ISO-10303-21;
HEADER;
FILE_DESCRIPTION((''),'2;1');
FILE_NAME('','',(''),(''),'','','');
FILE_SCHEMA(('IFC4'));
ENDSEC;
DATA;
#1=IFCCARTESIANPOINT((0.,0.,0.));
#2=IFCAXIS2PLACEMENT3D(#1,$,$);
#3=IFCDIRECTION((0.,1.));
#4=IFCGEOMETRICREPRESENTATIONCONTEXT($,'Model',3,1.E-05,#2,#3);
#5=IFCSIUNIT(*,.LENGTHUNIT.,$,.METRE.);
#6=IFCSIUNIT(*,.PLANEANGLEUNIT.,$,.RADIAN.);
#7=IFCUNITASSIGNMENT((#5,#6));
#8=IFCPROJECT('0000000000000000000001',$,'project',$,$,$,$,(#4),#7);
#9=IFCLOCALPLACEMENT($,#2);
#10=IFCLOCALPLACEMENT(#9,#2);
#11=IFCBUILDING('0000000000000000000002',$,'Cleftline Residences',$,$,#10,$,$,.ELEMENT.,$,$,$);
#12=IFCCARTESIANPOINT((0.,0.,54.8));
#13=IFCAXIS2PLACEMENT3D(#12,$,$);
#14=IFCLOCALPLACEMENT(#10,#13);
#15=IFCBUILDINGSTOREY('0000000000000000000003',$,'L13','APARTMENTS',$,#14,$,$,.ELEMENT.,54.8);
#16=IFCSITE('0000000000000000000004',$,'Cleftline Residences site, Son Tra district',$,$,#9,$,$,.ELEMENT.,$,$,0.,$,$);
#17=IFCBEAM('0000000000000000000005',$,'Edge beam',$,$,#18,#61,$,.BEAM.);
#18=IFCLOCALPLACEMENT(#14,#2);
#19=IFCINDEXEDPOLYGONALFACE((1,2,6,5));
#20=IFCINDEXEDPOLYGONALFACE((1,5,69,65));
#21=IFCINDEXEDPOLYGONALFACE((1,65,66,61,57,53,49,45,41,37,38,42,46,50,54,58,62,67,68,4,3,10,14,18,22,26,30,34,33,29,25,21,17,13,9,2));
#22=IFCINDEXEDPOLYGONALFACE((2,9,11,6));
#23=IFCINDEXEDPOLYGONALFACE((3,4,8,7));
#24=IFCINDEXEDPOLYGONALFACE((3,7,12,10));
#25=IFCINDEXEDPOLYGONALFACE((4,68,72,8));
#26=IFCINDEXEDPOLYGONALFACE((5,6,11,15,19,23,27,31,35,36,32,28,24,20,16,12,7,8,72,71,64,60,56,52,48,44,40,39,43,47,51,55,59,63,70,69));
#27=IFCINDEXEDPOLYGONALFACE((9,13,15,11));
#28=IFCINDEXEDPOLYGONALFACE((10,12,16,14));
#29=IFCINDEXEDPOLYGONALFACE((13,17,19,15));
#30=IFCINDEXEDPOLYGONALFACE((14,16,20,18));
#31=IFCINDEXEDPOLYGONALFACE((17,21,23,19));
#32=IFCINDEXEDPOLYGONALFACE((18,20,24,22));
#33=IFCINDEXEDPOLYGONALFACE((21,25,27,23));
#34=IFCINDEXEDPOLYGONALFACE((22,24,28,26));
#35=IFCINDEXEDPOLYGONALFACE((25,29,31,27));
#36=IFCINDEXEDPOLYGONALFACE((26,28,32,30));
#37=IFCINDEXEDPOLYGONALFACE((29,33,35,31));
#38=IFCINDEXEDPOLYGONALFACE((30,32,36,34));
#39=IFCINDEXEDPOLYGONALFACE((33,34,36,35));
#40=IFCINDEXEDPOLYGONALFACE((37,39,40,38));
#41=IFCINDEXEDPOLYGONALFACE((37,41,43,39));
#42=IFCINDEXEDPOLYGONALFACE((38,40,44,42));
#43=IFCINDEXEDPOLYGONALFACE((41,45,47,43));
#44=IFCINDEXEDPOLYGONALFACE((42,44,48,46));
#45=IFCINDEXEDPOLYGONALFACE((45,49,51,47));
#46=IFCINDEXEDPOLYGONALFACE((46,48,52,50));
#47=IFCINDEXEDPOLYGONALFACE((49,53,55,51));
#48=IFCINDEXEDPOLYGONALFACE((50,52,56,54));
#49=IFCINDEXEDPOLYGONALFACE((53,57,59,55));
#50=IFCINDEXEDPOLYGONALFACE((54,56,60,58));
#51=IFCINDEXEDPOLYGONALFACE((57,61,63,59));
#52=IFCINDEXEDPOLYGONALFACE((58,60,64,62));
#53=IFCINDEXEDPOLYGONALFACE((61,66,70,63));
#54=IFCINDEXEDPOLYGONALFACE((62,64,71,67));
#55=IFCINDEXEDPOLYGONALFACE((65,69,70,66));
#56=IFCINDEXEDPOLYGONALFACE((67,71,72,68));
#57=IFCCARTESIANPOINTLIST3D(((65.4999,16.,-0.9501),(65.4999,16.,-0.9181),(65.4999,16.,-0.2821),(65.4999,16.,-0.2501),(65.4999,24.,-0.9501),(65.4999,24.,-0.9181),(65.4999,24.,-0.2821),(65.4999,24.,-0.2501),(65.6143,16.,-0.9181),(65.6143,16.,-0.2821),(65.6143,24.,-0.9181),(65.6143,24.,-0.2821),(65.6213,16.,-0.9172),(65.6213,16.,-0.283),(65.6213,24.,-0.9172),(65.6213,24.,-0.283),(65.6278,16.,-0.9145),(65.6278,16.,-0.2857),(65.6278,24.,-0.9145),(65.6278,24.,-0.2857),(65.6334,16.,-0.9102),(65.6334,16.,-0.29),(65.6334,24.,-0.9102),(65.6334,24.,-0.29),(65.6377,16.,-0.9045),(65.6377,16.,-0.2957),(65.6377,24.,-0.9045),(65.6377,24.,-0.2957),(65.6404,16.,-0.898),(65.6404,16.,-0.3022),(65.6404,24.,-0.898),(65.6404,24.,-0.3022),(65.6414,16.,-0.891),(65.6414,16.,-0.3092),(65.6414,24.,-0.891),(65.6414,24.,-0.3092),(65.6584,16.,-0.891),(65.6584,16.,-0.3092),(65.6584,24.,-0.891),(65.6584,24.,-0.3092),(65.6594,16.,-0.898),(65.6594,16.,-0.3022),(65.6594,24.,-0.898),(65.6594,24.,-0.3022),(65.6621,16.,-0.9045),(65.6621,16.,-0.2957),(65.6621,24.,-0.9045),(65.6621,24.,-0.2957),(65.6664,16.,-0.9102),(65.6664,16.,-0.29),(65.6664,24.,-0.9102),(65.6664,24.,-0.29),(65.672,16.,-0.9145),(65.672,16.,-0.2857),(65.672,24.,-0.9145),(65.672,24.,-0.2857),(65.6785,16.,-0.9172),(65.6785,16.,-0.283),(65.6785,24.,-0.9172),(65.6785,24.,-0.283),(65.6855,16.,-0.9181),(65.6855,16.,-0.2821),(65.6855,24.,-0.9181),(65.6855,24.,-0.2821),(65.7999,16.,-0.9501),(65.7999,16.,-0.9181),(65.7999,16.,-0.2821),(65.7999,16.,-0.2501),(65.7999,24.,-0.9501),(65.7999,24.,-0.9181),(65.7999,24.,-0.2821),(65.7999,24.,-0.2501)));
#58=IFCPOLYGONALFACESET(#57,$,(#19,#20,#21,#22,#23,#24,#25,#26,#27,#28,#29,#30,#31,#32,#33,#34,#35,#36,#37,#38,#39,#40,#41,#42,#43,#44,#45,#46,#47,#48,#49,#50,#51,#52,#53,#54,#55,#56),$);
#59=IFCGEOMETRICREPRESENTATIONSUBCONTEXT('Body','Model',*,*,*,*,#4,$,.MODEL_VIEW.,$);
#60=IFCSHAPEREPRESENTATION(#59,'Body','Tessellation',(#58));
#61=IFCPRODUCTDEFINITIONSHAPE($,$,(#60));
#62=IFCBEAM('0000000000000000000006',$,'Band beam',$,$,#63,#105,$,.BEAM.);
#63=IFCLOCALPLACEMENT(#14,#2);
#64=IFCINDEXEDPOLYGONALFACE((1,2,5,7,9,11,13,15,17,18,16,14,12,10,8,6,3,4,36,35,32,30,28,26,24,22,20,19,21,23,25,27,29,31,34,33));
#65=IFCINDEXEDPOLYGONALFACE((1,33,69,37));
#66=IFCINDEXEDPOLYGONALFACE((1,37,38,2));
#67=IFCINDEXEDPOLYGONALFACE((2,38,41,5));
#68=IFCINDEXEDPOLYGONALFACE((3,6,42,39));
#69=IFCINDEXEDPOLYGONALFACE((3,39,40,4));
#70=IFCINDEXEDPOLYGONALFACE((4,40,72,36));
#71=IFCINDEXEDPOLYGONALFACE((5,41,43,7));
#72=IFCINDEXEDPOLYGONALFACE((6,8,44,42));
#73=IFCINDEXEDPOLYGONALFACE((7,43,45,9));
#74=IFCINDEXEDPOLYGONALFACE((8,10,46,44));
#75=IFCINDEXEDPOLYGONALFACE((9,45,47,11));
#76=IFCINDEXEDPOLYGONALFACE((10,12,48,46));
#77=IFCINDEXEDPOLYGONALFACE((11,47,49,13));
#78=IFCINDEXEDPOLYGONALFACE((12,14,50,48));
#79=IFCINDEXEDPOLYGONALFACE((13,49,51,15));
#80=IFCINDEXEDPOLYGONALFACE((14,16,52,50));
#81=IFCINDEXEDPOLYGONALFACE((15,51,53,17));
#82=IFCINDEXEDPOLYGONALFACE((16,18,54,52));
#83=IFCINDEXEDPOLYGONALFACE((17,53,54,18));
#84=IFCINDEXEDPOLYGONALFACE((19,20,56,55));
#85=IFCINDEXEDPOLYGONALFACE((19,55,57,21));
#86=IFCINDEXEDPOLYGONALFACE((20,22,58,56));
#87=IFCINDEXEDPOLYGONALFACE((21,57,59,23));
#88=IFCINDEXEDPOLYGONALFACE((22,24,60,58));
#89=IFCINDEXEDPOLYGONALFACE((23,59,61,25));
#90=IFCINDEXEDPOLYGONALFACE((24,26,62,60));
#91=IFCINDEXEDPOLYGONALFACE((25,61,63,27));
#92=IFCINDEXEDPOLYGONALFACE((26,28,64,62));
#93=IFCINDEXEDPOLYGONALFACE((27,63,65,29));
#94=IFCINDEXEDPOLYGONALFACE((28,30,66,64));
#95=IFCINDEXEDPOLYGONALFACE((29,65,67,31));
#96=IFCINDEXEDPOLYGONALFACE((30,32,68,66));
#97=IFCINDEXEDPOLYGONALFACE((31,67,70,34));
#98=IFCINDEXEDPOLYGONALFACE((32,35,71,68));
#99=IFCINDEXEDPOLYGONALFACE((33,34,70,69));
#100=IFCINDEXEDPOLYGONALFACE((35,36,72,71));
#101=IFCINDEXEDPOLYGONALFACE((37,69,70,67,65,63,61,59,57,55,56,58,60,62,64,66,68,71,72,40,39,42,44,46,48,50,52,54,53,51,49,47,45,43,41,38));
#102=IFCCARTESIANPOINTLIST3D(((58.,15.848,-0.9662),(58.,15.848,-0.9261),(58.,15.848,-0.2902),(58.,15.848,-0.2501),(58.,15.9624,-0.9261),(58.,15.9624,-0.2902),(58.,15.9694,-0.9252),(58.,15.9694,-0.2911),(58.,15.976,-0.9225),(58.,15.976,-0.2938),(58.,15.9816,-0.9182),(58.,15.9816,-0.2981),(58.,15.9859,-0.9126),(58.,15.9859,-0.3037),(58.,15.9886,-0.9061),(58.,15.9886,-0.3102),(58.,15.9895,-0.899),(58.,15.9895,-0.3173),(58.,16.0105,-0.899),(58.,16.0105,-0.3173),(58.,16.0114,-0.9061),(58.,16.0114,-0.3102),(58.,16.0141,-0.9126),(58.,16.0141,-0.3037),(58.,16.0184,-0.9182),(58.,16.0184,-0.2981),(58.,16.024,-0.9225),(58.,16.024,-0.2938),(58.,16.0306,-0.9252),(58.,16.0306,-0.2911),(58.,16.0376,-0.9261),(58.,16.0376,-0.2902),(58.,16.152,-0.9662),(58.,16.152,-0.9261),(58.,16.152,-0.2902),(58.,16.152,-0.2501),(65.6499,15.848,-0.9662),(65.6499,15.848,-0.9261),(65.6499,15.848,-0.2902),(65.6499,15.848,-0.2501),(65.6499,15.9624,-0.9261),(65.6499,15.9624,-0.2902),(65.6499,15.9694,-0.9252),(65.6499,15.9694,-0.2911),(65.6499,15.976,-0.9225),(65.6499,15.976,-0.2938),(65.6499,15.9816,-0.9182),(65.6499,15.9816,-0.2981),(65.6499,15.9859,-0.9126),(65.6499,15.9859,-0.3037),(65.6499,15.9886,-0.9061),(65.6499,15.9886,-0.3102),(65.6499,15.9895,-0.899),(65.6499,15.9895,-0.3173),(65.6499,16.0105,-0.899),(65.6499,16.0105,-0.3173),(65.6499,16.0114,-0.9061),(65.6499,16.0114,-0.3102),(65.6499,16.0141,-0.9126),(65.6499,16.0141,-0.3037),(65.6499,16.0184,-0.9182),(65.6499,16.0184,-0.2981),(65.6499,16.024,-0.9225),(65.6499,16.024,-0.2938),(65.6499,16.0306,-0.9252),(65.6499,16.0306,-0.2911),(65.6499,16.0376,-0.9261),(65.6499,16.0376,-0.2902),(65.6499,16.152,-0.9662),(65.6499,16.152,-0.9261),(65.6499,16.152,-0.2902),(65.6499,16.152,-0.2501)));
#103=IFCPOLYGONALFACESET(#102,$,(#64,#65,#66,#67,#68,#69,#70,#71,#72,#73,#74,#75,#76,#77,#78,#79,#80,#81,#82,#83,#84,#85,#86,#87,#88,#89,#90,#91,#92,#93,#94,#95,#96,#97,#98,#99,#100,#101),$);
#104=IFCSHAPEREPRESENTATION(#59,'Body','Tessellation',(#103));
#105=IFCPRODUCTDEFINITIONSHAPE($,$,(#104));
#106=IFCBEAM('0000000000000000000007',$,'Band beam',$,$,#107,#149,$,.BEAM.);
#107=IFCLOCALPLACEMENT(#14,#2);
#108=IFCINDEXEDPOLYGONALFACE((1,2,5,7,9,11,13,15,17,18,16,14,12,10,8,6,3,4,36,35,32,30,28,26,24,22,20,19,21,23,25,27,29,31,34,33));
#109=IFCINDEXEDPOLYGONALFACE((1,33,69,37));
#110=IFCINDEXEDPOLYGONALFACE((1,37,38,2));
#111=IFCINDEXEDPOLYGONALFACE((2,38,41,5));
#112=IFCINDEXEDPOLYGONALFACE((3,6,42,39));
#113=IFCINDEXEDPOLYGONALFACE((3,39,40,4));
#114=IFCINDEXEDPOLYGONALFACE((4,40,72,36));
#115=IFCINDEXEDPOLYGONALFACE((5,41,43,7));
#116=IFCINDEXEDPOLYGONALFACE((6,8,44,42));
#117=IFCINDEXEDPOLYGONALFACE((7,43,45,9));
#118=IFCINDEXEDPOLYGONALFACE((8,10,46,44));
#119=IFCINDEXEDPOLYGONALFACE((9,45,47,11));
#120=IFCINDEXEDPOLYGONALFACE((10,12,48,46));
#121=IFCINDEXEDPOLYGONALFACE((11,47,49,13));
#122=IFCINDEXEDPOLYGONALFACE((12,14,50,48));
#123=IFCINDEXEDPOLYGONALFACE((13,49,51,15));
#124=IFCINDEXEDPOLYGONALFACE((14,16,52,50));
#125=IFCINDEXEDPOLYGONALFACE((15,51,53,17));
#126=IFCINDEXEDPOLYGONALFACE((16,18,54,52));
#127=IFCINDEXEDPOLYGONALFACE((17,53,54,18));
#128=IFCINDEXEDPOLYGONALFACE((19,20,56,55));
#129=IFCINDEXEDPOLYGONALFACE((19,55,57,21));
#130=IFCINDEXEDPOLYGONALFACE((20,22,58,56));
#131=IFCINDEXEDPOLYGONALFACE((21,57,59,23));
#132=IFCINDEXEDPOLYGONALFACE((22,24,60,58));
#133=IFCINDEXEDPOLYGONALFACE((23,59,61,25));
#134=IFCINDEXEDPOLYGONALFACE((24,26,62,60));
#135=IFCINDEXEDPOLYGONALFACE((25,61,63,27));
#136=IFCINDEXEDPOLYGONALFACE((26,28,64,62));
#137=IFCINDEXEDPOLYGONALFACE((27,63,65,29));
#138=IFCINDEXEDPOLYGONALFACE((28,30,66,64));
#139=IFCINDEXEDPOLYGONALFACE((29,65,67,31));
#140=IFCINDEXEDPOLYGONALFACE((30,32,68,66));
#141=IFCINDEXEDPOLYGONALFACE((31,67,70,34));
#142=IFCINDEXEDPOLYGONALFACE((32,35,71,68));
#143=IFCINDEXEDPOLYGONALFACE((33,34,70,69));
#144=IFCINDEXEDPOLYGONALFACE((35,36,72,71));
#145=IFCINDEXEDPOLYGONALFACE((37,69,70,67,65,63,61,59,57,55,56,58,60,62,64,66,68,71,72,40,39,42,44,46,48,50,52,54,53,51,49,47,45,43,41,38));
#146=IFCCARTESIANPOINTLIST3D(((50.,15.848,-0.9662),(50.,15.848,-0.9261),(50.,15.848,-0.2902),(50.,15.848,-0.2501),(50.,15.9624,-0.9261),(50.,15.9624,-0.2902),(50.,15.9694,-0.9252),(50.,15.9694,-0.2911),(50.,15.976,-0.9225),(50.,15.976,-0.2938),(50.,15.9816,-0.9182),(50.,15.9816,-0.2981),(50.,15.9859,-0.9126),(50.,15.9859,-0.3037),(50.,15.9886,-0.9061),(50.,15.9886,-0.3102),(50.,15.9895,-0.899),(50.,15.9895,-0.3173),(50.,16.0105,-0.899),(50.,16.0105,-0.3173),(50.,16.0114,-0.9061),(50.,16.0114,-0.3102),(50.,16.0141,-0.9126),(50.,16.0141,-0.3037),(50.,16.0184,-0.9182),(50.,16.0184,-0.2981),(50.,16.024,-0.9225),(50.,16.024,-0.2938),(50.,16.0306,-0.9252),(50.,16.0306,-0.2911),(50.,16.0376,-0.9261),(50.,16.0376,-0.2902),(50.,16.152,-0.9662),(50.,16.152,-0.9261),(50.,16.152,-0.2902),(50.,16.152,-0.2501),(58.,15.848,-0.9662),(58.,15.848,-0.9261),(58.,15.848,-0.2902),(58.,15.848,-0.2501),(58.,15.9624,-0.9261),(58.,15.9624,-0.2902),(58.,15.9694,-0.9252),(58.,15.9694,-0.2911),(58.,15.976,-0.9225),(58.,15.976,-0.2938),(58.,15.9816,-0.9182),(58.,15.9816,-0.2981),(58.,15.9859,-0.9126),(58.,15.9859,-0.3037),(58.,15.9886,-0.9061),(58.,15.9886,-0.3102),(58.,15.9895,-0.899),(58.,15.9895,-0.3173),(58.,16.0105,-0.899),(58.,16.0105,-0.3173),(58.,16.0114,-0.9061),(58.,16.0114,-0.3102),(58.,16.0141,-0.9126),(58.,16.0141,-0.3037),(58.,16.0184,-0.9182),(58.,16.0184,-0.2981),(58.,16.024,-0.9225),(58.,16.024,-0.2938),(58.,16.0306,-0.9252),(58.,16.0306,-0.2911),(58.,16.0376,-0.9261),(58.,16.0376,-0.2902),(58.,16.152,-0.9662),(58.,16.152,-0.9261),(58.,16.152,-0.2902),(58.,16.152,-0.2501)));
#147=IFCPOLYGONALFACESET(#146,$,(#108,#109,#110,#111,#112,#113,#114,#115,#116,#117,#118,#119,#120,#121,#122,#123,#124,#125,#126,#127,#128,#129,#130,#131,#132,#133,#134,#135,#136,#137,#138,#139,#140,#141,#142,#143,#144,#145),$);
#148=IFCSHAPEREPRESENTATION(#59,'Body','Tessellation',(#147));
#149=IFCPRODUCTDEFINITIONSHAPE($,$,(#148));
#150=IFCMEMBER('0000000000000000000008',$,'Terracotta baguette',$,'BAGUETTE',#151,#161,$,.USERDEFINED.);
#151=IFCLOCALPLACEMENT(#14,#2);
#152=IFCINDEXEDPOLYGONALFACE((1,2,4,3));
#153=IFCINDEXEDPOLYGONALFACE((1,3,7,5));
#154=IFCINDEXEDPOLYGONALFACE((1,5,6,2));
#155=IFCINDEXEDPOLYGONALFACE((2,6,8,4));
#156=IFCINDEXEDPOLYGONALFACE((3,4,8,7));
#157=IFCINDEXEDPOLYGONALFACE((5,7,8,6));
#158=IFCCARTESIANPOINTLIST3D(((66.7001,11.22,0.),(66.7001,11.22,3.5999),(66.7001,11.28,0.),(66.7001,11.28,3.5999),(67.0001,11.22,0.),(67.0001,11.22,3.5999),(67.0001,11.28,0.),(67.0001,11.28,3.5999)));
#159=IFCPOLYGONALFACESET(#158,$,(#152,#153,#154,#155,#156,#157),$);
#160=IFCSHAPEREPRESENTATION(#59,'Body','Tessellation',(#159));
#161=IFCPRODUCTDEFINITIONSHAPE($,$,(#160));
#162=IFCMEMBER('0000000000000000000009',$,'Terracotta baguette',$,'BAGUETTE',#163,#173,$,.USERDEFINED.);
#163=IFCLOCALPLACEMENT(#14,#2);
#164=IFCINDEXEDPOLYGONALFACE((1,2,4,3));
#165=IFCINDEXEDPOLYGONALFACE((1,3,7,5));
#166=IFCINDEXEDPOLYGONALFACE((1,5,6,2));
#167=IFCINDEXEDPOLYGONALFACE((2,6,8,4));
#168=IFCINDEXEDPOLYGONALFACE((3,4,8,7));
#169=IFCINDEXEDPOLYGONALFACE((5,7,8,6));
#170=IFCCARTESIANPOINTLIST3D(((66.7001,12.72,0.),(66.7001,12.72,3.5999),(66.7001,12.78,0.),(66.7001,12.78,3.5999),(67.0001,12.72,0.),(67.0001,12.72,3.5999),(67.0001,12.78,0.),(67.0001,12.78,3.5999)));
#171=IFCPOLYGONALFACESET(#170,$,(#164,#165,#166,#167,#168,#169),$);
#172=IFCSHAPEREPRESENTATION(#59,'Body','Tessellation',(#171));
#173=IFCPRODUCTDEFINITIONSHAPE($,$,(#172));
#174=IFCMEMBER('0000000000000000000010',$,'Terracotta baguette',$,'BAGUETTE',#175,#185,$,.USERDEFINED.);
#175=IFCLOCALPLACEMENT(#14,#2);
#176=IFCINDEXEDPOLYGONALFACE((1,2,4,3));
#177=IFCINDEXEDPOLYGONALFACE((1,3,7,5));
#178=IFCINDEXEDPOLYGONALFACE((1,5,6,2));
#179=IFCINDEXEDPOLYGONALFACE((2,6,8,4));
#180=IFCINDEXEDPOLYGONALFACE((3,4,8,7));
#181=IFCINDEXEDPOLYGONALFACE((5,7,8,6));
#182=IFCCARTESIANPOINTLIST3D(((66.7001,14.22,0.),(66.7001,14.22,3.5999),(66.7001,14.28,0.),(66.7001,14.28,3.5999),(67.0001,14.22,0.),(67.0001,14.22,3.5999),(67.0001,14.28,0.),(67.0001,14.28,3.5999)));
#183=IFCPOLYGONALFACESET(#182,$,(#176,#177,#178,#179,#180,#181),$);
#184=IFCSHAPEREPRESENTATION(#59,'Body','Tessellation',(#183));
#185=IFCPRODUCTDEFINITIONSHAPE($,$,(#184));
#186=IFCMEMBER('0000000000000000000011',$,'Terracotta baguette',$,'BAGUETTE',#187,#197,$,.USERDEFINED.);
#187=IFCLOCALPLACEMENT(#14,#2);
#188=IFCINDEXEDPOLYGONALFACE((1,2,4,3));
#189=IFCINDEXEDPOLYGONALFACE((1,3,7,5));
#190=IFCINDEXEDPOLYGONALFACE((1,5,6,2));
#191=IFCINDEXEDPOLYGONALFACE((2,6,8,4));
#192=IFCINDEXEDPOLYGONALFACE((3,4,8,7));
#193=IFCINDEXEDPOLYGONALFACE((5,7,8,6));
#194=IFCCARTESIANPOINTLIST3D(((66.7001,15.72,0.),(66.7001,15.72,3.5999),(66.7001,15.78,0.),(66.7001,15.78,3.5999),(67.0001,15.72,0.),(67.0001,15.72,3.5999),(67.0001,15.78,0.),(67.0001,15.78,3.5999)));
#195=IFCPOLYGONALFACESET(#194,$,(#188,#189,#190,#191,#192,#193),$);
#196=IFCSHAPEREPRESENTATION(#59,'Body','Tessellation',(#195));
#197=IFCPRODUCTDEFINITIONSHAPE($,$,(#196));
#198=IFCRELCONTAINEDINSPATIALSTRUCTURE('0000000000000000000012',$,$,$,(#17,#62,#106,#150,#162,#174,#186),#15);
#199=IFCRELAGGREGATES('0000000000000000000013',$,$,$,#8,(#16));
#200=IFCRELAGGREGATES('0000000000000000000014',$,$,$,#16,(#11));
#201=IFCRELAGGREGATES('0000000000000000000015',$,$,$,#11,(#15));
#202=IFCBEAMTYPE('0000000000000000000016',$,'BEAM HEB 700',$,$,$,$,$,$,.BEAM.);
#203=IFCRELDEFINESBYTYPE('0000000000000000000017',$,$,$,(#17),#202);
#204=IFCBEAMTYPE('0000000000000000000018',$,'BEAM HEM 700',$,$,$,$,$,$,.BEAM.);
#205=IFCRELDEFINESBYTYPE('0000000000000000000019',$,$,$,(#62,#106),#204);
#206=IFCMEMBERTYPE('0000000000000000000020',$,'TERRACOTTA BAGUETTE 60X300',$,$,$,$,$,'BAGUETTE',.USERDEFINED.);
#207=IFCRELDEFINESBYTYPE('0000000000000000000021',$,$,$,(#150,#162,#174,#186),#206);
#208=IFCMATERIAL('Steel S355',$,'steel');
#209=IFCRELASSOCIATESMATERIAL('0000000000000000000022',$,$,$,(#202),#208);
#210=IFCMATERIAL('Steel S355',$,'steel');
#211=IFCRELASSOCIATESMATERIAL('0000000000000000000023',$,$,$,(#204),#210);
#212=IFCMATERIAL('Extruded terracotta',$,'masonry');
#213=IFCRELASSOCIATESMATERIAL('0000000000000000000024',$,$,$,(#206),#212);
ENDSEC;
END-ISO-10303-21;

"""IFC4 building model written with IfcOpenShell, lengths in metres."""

from ifc_helpers import new_model, si_unit, direction, frame, origin, origin_2d, place, context, subcontext, project, spatial, rectangle, i_section, extrude, material, material_profile, profile_set, type_object, element, save


model = new_model("IFC4")

# Units and contexts
model_context = context("Model", 3, precision=1e-05, world=origin(), true_north=direction((0.0, 1.0)))
body_context = subcontext(model_context, "Body", "Model", "MODEL_VIEW")
ifc_project = project(units=[si_unit("LENGTHUNIT", "METRE"), si_unit("PLANEANGLEUNIT", "RADIAN")], contexts=[model_context])

# Site, building, storey
site_placement = place(None, origin())
site = spatial("IfcSite", under=ifc_project, at=site_placement, Name="Cleftline Residences site, Son Tra district", CompositionType="ELEMENT", RefElevation=0.0)
building_placement = place(site_placement, origin())
building = spatial("IfcBuilding", under=site, at=building_placement, Name="Cleftline Residences", CompositionType="ELEMENT")
storey_placement = place(building_placement, frame((0.0, 0.0, 54.8)))
storey = spatial("IfcBuildingStorey", under=building, at=storey_placement, Name="L13", Description="APARTMENTS", CompositionType="ELEMENT", Elevation=54.8)

# Beams
ifc_material_1 = material(Name="Steel S355", Category="steel")
ifc_material_profile_1 = material_profile(ifc_material_1, i_section(OverallWidth=0.3, OverallDepth=0.7, WebThickness=0.0171, FlangeThickness=0.032, FilletRadius=0.0271, at=origin_2d()))
ifc_profile_set_1 = profile_set([ifc_material_profile_1], Name="Steel S355")
beam_type_1 = type_object("IfcBeamType", Name="BEAM HEB 700", PredefinedType="BEAM", material=ifc_profile_set_1)
beam_1_placement = place(storey_placement, frame((65.6499, 16.0, -0.6001), z_axis=(0.0, 1.0, 0.0), x_axis=(-1.0, 0.0, 0.0)))
element("IfcBeam", 1, at=beam_1_placement, inside=storey, type_object=beam_type_1, Name="Edge beam", PredefinedType="BEAM", context=body_context, shape_type="SweptSolid", body=[
    extrude(i_section(OverallWidth=0.3, OverallDepth=0.7, WebThickness=0.0171, FlangeThickness=0.032, FilletRadius=0.0271, at=origin_2d()), origin(), (0.0, 0.0, 1.0), 8.0),
])
ifc_material_2 = material(Name="Steel S355", Category="steel")
ifc_material_profile_2 = material_profile(ifc_material_2, i_section(OverallWidth=0.304, OverallDepth=0.7161, WebThickness=0.021, FlangeThickness=0.04, FilletRadius=0.0271, at=origin_2d()))
ifc_profile_set_2 = profile_set([ifc_material_profile_2], Name="Steel S355")
beam_type_2 = type_object("IfcBeamType", Name="BEAM HEM 700", PredefinedType="BEAM", material=ifc_profile_set_2)
beam_2_placement = place(storey_placement, frame((65.6499, 16.0, -0.6082), z_axis=(-1.0, 0.0, 0.0), x_axis=(0.0, -1.0, 0.0)))
element("IfcBeam", 2, at=beam_2_placement, inside=storey, type_object=beam_type_2, Name="Band beam", PredefinedType="BEAM", context=body_context, shape_type="SweptSolid", body=[
    extrude(i_section(OverallWidth=0.304, OverallDepth=0.7161, WebThickness=0.021, FlangeThickness=0.04, FilletRadius=0.0271, at=origin_2d()), origin(), (0.0, 0.0, 1.0), 7.6499),
])
beam_3_placement = place(storey_placement, frame((58.0, 16.0, -0.6082), z_axis=(-1.0, 0.0, 0.0), x_axis=(0.0, -1.0, 0.0)))
element("IfcBeam", 3, at=beam_3_placement, inside=storey, type_object=beam_type_2, Name="Band beam", PredefinedType="BEAM", context=body_context, shape_type="SweptSolid", body=[
    extrude(i_section(OverallWidth=0.304, OverallDepth=0.7161, WebThickness=0.021, FlangeThickness=0.04, FilletRadius=0.0271, at=origin_2d()), origin(), (0.0, 0.0, 1.0), 8.0),
])

# Members
ifc_material_3 = material(Name="Extruded terracotta", Category="masonry")
ifc_material_profile_3 = material_profile(ifc_material_3, rectangle(XDim=0.0601, YDim=0.3, at=origin_2d()))
ifc_profile_set_3 = profile_set([ifc_material_profile_3], Name="Extruded terracotta")
member_type_1 = type_object("IfcMemberType", Name="TERRACOTTA BAGUETTE 60X300", ElementType="BAGUETTE", PredefinedType="USERDEFINED", material=ifc_profile_set_3)
for number, where, z_axis, x_axis, name in (
    (4, (66.8501, 11.25, 0.0), (0.0, 0.0, 1.0), (0.0, 1.0, 0.0), "Terracotta baguette"),
    (5, (66.8501, 12.75, 0.0), (0.0, 0.0, 1.0), (0.0, 1.0, 0.0), "Terracotta baguette"),
    (6, (66.8501, 14.25, 0.0), (0.0, 0.0, 1.0), (0.0, 1.0, 0.0), "Terracotta baguette"),
    (7, (66.8501, 15.75, 0.0), (0.0, 0.0, 1.0), (0.0, 1.0, 0.0), "Terracotta baguette"),
):
    element("IfcMember", number, at=place(storey_placement, frame(where, z_axis=z_axis, x_axis=x_axis)), inside=storey, type_object=member_type_1, Name=name, ObjectType="BAGUETTE", PredefinedType="USERDEFINED", context=body_context, shape_type="SweptSolid", body=[
        extrude(rectangle(XDim=0.0601, YDim=0.3, at=origin_2d()), origin(), (0.0, 0.0, 1.0), 3.5999),
    ])

save(model, "model.ifc")
